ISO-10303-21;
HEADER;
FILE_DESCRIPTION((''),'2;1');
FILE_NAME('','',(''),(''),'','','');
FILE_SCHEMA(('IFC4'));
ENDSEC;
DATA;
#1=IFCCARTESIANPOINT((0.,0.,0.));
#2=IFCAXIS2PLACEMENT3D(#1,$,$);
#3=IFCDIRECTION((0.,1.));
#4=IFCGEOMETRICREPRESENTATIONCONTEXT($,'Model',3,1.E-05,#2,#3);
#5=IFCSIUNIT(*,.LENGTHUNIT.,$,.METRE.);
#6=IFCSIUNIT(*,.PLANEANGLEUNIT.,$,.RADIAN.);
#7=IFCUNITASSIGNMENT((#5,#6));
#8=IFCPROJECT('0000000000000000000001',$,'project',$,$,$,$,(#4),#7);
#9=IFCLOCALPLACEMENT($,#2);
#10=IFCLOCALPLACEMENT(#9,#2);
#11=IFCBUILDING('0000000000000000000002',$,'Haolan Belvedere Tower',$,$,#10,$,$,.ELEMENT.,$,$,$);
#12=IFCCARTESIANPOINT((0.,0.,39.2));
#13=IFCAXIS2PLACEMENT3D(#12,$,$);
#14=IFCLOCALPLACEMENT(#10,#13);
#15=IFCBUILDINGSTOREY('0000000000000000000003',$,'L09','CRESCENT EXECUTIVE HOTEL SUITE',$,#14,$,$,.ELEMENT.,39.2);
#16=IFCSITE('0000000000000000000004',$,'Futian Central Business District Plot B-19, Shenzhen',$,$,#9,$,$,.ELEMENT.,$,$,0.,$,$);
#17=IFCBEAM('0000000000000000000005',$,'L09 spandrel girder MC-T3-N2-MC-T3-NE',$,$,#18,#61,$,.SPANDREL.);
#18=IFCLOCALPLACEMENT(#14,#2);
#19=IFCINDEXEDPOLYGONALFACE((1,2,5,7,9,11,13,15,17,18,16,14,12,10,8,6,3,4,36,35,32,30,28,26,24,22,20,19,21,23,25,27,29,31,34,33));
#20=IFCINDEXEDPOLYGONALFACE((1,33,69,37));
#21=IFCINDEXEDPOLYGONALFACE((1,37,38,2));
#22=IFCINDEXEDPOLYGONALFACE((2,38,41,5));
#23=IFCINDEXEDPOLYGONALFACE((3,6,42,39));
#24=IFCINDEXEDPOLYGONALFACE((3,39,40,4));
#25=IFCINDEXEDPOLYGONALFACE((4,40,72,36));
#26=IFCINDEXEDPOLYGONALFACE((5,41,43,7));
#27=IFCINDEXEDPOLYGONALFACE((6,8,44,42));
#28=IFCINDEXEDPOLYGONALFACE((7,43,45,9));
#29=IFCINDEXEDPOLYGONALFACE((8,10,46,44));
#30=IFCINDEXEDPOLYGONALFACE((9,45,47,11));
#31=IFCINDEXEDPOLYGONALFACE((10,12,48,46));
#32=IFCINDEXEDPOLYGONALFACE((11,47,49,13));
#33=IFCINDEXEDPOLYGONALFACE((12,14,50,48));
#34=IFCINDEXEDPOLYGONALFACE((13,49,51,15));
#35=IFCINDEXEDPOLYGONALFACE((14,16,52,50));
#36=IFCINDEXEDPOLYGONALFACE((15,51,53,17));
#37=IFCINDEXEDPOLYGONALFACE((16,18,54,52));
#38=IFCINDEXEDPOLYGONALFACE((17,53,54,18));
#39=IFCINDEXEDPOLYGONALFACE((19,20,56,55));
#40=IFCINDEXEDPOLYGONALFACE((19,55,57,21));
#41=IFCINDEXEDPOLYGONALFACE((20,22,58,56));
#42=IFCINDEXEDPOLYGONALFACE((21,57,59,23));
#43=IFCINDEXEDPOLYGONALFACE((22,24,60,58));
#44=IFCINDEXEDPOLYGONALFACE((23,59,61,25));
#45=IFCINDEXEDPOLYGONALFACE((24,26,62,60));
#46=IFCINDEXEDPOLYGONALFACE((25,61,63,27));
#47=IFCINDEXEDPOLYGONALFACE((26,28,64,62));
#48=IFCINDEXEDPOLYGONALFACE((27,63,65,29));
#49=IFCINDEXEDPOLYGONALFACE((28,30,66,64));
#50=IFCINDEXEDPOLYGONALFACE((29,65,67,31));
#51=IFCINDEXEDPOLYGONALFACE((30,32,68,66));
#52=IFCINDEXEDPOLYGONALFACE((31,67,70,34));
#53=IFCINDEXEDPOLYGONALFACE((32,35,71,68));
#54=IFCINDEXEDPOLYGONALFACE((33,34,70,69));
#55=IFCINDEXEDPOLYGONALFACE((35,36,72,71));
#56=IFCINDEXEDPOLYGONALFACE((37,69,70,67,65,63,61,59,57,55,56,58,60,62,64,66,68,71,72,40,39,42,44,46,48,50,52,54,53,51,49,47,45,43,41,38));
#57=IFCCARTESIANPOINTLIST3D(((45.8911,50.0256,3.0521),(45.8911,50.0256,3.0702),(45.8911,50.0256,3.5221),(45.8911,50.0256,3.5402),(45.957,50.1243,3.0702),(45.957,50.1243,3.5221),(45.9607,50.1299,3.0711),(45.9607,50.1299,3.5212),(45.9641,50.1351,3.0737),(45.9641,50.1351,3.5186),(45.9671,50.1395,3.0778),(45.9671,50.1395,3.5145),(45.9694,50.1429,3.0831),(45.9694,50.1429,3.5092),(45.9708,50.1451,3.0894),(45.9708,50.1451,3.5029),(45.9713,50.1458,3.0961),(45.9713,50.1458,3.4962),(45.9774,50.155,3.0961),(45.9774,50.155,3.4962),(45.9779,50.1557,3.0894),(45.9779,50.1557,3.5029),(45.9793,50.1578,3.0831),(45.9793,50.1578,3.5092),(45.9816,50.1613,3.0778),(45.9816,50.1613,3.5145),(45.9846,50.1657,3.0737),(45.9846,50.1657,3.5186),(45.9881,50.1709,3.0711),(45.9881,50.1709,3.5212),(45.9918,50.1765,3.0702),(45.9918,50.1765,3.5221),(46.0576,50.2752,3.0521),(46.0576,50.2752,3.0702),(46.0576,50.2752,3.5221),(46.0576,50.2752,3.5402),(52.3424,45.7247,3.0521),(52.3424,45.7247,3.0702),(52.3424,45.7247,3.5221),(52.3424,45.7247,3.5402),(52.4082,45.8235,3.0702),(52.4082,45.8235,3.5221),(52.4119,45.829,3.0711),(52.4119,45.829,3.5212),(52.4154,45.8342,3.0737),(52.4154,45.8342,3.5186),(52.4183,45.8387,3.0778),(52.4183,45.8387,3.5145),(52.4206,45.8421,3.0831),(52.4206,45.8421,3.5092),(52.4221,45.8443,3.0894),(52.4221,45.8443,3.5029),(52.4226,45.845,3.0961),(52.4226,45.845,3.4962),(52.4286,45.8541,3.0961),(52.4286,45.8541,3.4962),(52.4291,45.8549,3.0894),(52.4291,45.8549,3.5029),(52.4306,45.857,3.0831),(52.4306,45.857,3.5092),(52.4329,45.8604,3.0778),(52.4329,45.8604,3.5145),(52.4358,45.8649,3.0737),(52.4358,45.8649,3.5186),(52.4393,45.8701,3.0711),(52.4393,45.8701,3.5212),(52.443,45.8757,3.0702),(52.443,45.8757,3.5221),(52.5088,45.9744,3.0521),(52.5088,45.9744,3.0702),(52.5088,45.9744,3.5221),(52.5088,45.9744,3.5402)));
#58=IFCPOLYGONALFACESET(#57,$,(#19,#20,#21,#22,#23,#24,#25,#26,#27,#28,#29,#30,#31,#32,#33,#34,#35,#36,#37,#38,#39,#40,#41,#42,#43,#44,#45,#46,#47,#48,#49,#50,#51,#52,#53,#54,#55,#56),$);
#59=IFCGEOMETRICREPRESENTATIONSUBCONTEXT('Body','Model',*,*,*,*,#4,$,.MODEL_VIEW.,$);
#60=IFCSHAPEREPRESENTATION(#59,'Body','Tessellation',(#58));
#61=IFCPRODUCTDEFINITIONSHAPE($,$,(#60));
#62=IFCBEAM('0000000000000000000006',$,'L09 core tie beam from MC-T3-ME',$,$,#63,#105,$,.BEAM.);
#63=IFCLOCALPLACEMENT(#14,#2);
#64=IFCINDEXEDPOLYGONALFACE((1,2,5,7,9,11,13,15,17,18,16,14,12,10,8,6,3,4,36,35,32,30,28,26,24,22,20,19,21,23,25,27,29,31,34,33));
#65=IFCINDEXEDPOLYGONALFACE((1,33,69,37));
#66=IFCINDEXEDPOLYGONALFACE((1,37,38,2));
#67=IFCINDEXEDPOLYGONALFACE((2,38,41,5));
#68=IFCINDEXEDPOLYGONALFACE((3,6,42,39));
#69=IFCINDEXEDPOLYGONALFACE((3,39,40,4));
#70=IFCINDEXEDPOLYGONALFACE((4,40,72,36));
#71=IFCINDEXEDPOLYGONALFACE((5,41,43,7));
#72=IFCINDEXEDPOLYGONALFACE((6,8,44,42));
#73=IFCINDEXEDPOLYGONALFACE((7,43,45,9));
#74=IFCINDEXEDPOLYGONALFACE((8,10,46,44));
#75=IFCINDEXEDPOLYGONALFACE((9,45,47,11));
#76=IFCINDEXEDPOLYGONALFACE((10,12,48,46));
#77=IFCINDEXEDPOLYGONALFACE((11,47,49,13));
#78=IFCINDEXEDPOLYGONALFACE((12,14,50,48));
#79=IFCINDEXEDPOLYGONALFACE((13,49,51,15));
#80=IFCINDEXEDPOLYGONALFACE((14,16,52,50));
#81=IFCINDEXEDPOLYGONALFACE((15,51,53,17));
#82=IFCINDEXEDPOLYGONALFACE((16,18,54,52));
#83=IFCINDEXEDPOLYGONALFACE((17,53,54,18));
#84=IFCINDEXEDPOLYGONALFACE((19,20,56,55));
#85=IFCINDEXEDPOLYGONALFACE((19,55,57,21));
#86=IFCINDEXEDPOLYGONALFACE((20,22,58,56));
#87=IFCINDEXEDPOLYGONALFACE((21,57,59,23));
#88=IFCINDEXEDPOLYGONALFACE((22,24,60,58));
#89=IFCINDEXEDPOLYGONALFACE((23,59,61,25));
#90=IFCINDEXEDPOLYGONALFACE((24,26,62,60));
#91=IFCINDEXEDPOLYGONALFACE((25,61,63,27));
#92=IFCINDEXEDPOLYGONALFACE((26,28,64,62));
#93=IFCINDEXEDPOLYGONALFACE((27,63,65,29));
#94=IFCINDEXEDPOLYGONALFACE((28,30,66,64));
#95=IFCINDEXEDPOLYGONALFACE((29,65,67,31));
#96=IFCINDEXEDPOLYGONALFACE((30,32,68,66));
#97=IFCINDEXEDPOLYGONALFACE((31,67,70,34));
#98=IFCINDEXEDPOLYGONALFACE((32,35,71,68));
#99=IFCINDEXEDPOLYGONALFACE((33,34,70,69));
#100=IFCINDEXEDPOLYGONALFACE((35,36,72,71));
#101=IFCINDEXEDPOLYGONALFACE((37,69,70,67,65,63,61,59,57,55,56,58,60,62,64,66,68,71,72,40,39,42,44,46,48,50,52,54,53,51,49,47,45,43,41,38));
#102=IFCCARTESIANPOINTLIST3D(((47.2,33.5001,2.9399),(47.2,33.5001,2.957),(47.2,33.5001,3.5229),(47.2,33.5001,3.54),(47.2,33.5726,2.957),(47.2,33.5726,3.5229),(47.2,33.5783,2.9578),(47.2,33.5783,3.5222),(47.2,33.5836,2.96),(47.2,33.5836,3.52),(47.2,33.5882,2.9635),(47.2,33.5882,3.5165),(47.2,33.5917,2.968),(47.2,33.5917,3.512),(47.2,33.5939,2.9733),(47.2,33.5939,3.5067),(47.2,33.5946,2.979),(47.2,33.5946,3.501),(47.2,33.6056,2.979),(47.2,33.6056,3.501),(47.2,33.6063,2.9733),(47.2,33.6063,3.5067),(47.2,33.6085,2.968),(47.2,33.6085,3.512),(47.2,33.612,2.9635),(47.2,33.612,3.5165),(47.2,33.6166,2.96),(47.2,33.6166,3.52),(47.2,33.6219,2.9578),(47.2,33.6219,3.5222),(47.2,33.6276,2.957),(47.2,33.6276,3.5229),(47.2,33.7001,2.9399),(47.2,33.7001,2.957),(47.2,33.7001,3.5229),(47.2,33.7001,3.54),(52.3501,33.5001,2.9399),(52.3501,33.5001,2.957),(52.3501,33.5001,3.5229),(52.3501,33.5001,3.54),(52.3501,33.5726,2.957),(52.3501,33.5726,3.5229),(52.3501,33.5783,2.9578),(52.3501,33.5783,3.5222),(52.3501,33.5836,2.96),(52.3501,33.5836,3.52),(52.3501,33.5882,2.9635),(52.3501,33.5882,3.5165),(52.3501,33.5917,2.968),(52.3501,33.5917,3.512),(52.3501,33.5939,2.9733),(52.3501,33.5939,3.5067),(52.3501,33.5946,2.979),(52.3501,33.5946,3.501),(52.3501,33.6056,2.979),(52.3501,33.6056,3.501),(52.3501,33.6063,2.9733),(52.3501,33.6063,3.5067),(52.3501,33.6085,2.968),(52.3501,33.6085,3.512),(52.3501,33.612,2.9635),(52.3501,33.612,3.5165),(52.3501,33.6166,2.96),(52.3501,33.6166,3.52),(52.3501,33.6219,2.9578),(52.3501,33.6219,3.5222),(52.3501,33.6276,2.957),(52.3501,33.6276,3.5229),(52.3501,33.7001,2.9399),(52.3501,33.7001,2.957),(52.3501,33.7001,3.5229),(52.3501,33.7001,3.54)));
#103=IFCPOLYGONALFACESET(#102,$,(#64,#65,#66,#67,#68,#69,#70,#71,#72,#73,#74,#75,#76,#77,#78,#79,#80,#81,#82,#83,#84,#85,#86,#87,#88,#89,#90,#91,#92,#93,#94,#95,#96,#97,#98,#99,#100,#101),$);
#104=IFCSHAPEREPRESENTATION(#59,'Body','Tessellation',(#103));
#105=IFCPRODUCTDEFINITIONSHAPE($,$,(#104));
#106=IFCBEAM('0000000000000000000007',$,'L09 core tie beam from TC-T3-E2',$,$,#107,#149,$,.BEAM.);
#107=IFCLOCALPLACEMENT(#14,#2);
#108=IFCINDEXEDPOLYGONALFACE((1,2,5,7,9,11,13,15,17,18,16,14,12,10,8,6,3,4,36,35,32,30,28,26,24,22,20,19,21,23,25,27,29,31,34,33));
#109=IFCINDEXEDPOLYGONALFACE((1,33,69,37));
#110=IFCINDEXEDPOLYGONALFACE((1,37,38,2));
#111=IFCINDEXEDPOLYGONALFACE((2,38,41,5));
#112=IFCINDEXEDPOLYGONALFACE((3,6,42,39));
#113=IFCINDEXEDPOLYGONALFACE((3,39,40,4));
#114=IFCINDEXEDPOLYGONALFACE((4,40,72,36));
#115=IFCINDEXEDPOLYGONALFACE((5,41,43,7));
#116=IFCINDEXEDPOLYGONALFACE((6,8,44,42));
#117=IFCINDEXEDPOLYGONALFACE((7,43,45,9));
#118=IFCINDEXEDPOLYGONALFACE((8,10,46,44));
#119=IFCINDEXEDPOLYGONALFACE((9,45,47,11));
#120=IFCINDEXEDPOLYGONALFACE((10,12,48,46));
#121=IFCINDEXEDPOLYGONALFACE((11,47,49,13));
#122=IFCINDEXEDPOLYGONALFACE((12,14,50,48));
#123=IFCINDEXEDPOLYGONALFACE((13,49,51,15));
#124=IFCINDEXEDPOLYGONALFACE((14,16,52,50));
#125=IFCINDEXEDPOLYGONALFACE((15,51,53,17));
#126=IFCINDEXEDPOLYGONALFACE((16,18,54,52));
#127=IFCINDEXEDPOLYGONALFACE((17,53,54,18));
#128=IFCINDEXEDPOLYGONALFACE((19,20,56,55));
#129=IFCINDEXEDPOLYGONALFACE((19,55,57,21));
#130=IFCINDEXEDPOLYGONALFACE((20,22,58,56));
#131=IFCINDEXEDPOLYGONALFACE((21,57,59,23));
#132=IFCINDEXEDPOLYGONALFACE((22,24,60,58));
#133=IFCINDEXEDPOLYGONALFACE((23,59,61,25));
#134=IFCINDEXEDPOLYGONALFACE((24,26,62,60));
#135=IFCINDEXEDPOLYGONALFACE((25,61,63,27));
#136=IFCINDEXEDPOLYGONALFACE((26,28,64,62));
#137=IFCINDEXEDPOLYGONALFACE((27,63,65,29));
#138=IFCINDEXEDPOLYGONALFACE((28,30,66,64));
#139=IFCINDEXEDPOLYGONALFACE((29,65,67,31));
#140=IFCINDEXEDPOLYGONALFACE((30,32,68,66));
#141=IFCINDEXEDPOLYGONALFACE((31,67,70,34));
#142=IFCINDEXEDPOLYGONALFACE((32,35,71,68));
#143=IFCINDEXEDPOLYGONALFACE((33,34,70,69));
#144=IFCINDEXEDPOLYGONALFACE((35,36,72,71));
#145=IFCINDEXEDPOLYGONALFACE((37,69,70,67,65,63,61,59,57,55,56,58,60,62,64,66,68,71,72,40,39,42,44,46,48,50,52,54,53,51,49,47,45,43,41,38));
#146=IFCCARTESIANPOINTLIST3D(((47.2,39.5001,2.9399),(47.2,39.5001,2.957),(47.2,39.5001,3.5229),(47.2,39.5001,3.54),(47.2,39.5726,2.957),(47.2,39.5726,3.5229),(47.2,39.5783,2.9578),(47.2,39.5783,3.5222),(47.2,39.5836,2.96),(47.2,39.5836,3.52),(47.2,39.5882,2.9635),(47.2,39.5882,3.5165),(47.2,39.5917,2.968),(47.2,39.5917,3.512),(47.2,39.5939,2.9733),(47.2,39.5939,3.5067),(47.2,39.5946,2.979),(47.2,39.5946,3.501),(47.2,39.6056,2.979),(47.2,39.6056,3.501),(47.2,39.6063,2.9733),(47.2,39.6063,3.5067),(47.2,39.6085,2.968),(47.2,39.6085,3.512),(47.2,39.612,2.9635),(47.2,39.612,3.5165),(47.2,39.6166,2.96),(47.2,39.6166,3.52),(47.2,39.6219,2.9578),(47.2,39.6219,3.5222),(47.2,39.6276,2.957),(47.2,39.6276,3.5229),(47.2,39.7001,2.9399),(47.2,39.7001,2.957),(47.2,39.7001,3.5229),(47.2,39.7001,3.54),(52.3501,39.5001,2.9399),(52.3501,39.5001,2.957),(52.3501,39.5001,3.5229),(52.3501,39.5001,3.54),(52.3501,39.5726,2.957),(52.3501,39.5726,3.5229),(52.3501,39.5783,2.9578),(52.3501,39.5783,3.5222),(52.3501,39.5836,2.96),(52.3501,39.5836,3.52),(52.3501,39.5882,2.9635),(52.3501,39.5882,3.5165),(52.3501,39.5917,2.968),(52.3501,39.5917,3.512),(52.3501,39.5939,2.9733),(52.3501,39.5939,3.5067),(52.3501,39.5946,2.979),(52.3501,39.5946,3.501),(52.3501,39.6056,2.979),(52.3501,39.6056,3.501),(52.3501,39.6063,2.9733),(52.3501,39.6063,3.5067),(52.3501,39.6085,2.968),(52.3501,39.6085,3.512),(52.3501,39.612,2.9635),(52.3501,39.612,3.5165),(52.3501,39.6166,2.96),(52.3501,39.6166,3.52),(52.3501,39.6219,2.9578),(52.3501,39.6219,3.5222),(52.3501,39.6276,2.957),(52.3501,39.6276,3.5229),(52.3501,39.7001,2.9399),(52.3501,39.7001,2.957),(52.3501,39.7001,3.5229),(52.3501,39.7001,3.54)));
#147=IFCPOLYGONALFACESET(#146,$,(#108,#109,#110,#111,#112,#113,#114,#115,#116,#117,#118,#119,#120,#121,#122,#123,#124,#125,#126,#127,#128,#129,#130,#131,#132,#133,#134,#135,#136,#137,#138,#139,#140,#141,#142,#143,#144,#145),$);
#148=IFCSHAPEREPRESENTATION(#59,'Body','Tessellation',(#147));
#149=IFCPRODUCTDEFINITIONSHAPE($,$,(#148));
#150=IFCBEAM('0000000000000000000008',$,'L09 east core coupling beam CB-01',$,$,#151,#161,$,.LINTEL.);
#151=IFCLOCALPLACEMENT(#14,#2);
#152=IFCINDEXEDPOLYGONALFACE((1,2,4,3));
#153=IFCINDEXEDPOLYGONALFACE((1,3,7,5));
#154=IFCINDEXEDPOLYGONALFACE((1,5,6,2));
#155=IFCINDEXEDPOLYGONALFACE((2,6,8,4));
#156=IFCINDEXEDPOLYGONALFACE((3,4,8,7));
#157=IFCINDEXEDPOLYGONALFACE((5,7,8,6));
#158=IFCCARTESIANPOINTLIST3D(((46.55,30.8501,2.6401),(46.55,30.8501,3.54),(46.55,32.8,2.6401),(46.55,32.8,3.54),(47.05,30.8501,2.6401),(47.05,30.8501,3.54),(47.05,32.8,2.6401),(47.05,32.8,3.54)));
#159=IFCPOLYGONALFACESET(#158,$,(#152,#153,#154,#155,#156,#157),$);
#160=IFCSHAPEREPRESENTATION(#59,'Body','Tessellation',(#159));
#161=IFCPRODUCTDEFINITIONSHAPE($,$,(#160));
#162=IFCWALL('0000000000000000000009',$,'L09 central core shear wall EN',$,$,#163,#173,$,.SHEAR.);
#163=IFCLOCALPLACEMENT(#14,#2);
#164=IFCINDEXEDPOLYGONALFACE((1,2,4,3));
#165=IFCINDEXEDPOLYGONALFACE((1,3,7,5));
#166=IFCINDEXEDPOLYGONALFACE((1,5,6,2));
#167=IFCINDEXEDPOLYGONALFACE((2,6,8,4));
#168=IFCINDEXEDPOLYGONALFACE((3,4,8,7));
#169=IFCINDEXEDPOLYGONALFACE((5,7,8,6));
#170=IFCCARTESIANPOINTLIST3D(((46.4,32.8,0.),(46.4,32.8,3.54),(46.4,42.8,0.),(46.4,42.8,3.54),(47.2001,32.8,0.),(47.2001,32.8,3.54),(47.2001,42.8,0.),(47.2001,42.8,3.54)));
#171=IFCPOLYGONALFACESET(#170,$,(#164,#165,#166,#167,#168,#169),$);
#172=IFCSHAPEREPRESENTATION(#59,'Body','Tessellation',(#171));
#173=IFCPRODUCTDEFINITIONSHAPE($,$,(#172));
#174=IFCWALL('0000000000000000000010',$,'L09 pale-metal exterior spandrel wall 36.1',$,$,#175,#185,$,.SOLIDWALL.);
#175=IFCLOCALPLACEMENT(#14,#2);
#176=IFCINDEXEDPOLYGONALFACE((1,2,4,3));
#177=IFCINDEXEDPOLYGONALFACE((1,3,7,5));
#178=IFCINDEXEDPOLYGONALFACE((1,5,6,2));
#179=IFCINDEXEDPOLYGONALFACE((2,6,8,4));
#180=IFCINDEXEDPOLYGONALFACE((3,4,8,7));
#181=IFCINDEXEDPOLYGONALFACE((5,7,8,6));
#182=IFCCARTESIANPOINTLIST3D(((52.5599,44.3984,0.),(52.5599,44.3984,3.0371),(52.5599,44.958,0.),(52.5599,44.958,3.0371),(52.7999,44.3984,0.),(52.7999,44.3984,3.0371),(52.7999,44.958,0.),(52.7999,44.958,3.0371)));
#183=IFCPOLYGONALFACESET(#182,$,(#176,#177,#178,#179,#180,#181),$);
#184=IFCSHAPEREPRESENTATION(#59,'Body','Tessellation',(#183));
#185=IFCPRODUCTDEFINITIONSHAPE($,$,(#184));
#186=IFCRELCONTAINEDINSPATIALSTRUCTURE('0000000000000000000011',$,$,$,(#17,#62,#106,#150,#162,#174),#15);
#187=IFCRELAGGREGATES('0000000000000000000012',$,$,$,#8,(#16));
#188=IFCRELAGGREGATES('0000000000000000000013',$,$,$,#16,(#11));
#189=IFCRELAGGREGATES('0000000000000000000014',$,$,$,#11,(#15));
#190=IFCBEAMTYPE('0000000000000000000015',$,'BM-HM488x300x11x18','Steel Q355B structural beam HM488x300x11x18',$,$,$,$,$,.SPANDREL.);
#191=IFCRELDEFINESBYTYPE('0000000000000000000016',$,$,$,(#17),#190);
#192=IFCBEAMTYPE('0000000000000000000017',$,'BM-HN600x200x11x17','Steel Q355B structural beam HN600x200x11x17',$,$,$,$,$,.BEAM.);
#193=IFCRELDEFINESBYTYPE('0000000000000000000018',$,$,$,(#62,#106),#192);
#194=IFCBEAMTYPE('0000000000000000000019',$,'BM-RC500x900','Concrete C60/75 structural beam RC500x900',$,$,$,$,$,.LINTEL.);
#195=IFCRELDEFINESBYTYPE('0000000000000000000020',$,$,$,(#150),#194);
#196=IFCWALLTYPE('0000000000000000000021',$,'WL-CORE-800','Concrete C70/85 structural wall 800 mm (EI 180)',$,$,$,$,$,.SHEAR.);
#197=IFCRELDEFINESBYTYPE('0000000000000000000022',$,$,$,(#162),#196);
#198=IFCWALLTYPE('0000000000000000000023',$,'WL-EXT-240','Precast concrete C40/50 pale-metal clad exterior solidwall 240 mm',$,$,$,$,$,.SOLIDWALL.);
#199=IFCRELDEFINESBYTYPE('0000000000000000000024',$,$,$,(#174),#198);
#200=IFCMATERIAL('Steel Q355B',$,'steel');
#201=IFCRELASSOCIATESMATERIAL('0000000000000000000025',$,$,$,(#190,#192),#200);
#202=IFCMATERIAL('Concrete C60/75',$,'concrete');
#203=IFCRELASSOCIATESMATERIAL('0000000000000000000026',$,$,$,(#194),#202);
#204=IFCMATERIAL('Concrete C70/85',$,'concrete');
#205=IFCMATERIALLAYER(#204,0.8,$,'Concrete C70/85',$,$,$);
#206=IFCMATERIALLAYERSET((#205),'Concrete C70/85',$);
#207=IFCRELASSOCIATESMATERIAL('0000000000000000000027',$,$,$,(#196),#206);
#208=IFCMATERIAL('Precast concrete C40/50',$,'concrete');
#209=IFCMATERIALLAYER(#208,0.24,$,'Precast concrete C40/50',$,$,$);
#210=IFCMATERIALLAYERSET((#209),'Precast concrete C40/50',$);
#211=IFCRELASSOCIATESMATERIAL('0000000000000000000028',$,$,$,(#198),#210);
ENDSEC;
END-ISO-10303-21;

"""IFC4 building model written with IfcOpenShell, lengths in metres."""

from ifc_helpers import new_model, si_unit, direction, frame, frame_2d, origin, origin_2d, place, context, subcontext, project, spatial, rectangle, i_section, extrude, material, layer, layer_set, material_profile, profile_set, type_object, element, save


model = new_model("IFC4")

# Units and contexts
model_context = context("Model", 3, precision=1e-05, world=origin(), true_north=direction((0.0, 1.0)))
body_context = subcontext(model_context, "Body", "Model", "MODEL_VIEW")
ifc_project = project(units=[si_unit("LENGTHUNIT", "METRE"), si_unit("PLANEANGLEUNIT", "RADIAN")], contexts=[model_context])

# Site, building, storey
site_placement = place(None, origin())
site = spatial("IfcSite", under=ifc_project, at=site_placement, Name="Futian Central Business District Plot B-19, Shenzhen", CompositionType="ELEMENT", RefElevation=0.0)
building_placement = place(site_placement, origin())
building = spatial("IfcBuilding", under=site, at=building_placement, Name="Haolan Belvedere Tower", CompositionType="ELEMENT")
storey_placement = place(building_placement, frame((0.0, 0.0, 39.2)))
storey = spatial("IfcBuildingStorey", under=building, at=storey_placement, Name="L09", Description="CRESCENT EXECUTIVE HOTEL SUITE", CompositionType="ELEMENT", Elevation=39.2)

# Beams
ifc_material_1 = material(Name="Steel Q355B", Category="steel")
ifc_material_profile_1 = material_profile(ifc_material_1, i_section(OverallWidth=0.3, OverallDepth=0.488, WebThickness=0.011, FlangeThickness=0.0181, FilletRadius=0.0259, at=origin_2d()), Name="Steel Q355B")
ifc_profile_set_1 = profile_set([ifc_material_profile_1], Name="Steel Q355B")
beam_type_1 = type_object("IfcBeamType", Name="BM-HM488x300x11x18", Description="Steel Q355B structural beam HM488x300x11x18", PredefinedType="SPANDREL", material=ifc_profile_set_1)
beam_1_placement = place(storey_placement, frame((45.9744, 50.1504, 3.2961), z_axis=(0.83205, -0.5547, 0.0), x_axis=(0.5547, 0.83205, 0.0)))
element("IfcBeam", 1, at=beam_1_placement, inside=storey, type_object=beam_type_1, Name="L09 spandrel girder MC-T3-N2-MC-T3-NE", PredefinedType="SPANDREL", context=body_context, shape_type="SweptSolid", body=[
    extrude(i_section(OverallWidth=0.3, OverallDepth=0.488, WebThickness=0.011, FlangeThickness=0.0181, FilletRadius=0.0259, at=origin_2d()), origin(), (0.0, 0.0, 1.0), 7.7534),
])
ifc_material_profile_2 = material_profile(ifc_material_1, i_section(OverallWidth=0.2, OverallDepth=0.6001, WebThickness=0.011, FlangeThickness=0.0171, FilletRadius=0.022, at=origin_2d()), Name="Steel Q355B")
ifc_profile_set_2 = profile_set([ifc_material_profile_2], Name="Steel Q355B")
beam_type_2 = type_object("IfcBeamType", Name="BM-HN600x200x11x17", Description="Steel Q355B structural beam HN600x200x11x17", PredefinedType="BEAM", material=ifc_profile_set_2)
for number, where, z_axis, x_axis, name in (
    (2, (52.3501, 33.6001, 3.24), (-1.0, 0.0, 0.0), (0.0, -1.0, 0.0), "L09 core tie beam from MC-T3-ME"),
    (3, (52.3501, 39.6001, 3.24), (-1.0, 0.0, 0.0), (0.0, -1.0, 0.0), "L09 core tie beam from TC-T3-E2"),
):
    element("IfcBeam", number, at=place(storey_placement, frame(where, z_axis=z_axis, x_axis=x_axis)), inside=storey, type_object=beam_type_2, Name=name, PredefinedType="BEAM", context=body_context, shape_type="SweptSolid", body=[
        extrude(i_section(OverallWidth=0.2, OverallDepth=0.6001, WebThickness=0.011, FlangeThickness=0.0171, FilletRadius=0.022, at=origin_2d()), origin(), (0.0, 0.0, 1.0), 5.1501),
    ])
ifc_material_2 = material(Name="Concrete C60/75", Category="concrete")
ifc_material_profile_3 = material_profile(ifc_material_2, rectangle(XDim=0.5, YDim=0.8999, at=origin_2d()), Name="Concrete C60/75")
ifc_profile_set_3 = profile_set([ifc_material_profile_3], Name="Concrete C60/75")
beam_type_3 = type_object("IfcBeamType", Name="BM-RC500x900", Description="Concrete C60/75 structural beam RC500x900", PredefinedType="LINTEL", material=ifc_profile_set_3)
beam_2_placement = place(storey_placement, frame((46.8, 30.8501, 3.0901), z_axis=(0.0, 1.0, 0.0), x_axis=(-1.0, 0.0, 0.0)))
element("IfcBeam", 4, at=beam_2_placement, inside=storey, type_object=beam_type_3, Name="L09 east core coupling beam CB-01", PredefinedType="LINTEL", context=body_context, shape_type="SweptSolid", body=[
    extrude(rectangle(XDim=0.5, YDim=0.8999, at=origin_2d()), origin(), (0.0, 0.0, 1.0), 1.95),
])

# Walls
ifc_material_3 = material(Name="Concrete C70/85", Category="concrete")
ifc_layer_1 = layer(ifc_material_3, 0.8, Name="Concrete C70/85")
ifc_layer_set_1 = layer_set([ifc_layer_1], Name="Concrete C70/85")
wall_type_1 = type_object("IfcWallType", Name="WL-CORE-800", Description="Concrete C70/85 structural wall 800 mm (EI 180)", PredefinedType="SHEAR", material=ifc_layer_set_1)
wall_1_placement = place(storey_placement, frame((46.8, 32.8, 0.0), z_axis=(0.0, 0.0, 1.0), x_axis=(0.0, 1.0, 0.0)))
element("IfcWall", 5, at=wall_1_placement, inside=storey, type_object=wall_type_1, Name="L09 central core shear wall EN", PredefinedType="SHEAR", context=body_context, shape_type="SweptSolid", body=[
    extrude(rectangle(XDim=10.0, YDim=0.8, at=frame_2d((5.0, 0.0))), origin(), (0.0, 0.0, 1.0), 3.54),
])
ifc_material_4 = material(Name="Precast concrete C40/50", Category="concrete")
ifc_layer_2 = layer(ifc_material_4, 0.24, Name="Precast concrete C40/50")
ifc_layer_set_2 = layer_set([ifc_layer_2], Name="Precast concrete C40/50")
wall_type_2 = type_object("IfcWallType", Name="WL-EXT-240", Description="Precast concrete C40/50 pale-metal clad exterior solidwall 240 mm", PredefinedType="SOLIDWALL", material=ifc_layer_set_2)
wall_2_placement = place(storey_placement, frame((52.6799, 44.3984, 0.0), z_axis=(0.0, 0.0, 1.0), x_axis=(0.0, 1.0, 0.0)))
element("IfcWall", 6, at=wall_2_placement, inside=storey, type_object=wall_type_2, Name="L09 pale-metal exterior spandrel wall 36.1", PredefinedType="SOLIDWALL", context=body_context, shape_type="SweptSolid", body=[
    extrude(rectangle(XDim=0.5596, YDim=0.24, at=frame_2d((0.2798, 0.0))), origin(), (0.0, 0.0, 1.0), 3.0371),
])

save(model, "model.ifc")
